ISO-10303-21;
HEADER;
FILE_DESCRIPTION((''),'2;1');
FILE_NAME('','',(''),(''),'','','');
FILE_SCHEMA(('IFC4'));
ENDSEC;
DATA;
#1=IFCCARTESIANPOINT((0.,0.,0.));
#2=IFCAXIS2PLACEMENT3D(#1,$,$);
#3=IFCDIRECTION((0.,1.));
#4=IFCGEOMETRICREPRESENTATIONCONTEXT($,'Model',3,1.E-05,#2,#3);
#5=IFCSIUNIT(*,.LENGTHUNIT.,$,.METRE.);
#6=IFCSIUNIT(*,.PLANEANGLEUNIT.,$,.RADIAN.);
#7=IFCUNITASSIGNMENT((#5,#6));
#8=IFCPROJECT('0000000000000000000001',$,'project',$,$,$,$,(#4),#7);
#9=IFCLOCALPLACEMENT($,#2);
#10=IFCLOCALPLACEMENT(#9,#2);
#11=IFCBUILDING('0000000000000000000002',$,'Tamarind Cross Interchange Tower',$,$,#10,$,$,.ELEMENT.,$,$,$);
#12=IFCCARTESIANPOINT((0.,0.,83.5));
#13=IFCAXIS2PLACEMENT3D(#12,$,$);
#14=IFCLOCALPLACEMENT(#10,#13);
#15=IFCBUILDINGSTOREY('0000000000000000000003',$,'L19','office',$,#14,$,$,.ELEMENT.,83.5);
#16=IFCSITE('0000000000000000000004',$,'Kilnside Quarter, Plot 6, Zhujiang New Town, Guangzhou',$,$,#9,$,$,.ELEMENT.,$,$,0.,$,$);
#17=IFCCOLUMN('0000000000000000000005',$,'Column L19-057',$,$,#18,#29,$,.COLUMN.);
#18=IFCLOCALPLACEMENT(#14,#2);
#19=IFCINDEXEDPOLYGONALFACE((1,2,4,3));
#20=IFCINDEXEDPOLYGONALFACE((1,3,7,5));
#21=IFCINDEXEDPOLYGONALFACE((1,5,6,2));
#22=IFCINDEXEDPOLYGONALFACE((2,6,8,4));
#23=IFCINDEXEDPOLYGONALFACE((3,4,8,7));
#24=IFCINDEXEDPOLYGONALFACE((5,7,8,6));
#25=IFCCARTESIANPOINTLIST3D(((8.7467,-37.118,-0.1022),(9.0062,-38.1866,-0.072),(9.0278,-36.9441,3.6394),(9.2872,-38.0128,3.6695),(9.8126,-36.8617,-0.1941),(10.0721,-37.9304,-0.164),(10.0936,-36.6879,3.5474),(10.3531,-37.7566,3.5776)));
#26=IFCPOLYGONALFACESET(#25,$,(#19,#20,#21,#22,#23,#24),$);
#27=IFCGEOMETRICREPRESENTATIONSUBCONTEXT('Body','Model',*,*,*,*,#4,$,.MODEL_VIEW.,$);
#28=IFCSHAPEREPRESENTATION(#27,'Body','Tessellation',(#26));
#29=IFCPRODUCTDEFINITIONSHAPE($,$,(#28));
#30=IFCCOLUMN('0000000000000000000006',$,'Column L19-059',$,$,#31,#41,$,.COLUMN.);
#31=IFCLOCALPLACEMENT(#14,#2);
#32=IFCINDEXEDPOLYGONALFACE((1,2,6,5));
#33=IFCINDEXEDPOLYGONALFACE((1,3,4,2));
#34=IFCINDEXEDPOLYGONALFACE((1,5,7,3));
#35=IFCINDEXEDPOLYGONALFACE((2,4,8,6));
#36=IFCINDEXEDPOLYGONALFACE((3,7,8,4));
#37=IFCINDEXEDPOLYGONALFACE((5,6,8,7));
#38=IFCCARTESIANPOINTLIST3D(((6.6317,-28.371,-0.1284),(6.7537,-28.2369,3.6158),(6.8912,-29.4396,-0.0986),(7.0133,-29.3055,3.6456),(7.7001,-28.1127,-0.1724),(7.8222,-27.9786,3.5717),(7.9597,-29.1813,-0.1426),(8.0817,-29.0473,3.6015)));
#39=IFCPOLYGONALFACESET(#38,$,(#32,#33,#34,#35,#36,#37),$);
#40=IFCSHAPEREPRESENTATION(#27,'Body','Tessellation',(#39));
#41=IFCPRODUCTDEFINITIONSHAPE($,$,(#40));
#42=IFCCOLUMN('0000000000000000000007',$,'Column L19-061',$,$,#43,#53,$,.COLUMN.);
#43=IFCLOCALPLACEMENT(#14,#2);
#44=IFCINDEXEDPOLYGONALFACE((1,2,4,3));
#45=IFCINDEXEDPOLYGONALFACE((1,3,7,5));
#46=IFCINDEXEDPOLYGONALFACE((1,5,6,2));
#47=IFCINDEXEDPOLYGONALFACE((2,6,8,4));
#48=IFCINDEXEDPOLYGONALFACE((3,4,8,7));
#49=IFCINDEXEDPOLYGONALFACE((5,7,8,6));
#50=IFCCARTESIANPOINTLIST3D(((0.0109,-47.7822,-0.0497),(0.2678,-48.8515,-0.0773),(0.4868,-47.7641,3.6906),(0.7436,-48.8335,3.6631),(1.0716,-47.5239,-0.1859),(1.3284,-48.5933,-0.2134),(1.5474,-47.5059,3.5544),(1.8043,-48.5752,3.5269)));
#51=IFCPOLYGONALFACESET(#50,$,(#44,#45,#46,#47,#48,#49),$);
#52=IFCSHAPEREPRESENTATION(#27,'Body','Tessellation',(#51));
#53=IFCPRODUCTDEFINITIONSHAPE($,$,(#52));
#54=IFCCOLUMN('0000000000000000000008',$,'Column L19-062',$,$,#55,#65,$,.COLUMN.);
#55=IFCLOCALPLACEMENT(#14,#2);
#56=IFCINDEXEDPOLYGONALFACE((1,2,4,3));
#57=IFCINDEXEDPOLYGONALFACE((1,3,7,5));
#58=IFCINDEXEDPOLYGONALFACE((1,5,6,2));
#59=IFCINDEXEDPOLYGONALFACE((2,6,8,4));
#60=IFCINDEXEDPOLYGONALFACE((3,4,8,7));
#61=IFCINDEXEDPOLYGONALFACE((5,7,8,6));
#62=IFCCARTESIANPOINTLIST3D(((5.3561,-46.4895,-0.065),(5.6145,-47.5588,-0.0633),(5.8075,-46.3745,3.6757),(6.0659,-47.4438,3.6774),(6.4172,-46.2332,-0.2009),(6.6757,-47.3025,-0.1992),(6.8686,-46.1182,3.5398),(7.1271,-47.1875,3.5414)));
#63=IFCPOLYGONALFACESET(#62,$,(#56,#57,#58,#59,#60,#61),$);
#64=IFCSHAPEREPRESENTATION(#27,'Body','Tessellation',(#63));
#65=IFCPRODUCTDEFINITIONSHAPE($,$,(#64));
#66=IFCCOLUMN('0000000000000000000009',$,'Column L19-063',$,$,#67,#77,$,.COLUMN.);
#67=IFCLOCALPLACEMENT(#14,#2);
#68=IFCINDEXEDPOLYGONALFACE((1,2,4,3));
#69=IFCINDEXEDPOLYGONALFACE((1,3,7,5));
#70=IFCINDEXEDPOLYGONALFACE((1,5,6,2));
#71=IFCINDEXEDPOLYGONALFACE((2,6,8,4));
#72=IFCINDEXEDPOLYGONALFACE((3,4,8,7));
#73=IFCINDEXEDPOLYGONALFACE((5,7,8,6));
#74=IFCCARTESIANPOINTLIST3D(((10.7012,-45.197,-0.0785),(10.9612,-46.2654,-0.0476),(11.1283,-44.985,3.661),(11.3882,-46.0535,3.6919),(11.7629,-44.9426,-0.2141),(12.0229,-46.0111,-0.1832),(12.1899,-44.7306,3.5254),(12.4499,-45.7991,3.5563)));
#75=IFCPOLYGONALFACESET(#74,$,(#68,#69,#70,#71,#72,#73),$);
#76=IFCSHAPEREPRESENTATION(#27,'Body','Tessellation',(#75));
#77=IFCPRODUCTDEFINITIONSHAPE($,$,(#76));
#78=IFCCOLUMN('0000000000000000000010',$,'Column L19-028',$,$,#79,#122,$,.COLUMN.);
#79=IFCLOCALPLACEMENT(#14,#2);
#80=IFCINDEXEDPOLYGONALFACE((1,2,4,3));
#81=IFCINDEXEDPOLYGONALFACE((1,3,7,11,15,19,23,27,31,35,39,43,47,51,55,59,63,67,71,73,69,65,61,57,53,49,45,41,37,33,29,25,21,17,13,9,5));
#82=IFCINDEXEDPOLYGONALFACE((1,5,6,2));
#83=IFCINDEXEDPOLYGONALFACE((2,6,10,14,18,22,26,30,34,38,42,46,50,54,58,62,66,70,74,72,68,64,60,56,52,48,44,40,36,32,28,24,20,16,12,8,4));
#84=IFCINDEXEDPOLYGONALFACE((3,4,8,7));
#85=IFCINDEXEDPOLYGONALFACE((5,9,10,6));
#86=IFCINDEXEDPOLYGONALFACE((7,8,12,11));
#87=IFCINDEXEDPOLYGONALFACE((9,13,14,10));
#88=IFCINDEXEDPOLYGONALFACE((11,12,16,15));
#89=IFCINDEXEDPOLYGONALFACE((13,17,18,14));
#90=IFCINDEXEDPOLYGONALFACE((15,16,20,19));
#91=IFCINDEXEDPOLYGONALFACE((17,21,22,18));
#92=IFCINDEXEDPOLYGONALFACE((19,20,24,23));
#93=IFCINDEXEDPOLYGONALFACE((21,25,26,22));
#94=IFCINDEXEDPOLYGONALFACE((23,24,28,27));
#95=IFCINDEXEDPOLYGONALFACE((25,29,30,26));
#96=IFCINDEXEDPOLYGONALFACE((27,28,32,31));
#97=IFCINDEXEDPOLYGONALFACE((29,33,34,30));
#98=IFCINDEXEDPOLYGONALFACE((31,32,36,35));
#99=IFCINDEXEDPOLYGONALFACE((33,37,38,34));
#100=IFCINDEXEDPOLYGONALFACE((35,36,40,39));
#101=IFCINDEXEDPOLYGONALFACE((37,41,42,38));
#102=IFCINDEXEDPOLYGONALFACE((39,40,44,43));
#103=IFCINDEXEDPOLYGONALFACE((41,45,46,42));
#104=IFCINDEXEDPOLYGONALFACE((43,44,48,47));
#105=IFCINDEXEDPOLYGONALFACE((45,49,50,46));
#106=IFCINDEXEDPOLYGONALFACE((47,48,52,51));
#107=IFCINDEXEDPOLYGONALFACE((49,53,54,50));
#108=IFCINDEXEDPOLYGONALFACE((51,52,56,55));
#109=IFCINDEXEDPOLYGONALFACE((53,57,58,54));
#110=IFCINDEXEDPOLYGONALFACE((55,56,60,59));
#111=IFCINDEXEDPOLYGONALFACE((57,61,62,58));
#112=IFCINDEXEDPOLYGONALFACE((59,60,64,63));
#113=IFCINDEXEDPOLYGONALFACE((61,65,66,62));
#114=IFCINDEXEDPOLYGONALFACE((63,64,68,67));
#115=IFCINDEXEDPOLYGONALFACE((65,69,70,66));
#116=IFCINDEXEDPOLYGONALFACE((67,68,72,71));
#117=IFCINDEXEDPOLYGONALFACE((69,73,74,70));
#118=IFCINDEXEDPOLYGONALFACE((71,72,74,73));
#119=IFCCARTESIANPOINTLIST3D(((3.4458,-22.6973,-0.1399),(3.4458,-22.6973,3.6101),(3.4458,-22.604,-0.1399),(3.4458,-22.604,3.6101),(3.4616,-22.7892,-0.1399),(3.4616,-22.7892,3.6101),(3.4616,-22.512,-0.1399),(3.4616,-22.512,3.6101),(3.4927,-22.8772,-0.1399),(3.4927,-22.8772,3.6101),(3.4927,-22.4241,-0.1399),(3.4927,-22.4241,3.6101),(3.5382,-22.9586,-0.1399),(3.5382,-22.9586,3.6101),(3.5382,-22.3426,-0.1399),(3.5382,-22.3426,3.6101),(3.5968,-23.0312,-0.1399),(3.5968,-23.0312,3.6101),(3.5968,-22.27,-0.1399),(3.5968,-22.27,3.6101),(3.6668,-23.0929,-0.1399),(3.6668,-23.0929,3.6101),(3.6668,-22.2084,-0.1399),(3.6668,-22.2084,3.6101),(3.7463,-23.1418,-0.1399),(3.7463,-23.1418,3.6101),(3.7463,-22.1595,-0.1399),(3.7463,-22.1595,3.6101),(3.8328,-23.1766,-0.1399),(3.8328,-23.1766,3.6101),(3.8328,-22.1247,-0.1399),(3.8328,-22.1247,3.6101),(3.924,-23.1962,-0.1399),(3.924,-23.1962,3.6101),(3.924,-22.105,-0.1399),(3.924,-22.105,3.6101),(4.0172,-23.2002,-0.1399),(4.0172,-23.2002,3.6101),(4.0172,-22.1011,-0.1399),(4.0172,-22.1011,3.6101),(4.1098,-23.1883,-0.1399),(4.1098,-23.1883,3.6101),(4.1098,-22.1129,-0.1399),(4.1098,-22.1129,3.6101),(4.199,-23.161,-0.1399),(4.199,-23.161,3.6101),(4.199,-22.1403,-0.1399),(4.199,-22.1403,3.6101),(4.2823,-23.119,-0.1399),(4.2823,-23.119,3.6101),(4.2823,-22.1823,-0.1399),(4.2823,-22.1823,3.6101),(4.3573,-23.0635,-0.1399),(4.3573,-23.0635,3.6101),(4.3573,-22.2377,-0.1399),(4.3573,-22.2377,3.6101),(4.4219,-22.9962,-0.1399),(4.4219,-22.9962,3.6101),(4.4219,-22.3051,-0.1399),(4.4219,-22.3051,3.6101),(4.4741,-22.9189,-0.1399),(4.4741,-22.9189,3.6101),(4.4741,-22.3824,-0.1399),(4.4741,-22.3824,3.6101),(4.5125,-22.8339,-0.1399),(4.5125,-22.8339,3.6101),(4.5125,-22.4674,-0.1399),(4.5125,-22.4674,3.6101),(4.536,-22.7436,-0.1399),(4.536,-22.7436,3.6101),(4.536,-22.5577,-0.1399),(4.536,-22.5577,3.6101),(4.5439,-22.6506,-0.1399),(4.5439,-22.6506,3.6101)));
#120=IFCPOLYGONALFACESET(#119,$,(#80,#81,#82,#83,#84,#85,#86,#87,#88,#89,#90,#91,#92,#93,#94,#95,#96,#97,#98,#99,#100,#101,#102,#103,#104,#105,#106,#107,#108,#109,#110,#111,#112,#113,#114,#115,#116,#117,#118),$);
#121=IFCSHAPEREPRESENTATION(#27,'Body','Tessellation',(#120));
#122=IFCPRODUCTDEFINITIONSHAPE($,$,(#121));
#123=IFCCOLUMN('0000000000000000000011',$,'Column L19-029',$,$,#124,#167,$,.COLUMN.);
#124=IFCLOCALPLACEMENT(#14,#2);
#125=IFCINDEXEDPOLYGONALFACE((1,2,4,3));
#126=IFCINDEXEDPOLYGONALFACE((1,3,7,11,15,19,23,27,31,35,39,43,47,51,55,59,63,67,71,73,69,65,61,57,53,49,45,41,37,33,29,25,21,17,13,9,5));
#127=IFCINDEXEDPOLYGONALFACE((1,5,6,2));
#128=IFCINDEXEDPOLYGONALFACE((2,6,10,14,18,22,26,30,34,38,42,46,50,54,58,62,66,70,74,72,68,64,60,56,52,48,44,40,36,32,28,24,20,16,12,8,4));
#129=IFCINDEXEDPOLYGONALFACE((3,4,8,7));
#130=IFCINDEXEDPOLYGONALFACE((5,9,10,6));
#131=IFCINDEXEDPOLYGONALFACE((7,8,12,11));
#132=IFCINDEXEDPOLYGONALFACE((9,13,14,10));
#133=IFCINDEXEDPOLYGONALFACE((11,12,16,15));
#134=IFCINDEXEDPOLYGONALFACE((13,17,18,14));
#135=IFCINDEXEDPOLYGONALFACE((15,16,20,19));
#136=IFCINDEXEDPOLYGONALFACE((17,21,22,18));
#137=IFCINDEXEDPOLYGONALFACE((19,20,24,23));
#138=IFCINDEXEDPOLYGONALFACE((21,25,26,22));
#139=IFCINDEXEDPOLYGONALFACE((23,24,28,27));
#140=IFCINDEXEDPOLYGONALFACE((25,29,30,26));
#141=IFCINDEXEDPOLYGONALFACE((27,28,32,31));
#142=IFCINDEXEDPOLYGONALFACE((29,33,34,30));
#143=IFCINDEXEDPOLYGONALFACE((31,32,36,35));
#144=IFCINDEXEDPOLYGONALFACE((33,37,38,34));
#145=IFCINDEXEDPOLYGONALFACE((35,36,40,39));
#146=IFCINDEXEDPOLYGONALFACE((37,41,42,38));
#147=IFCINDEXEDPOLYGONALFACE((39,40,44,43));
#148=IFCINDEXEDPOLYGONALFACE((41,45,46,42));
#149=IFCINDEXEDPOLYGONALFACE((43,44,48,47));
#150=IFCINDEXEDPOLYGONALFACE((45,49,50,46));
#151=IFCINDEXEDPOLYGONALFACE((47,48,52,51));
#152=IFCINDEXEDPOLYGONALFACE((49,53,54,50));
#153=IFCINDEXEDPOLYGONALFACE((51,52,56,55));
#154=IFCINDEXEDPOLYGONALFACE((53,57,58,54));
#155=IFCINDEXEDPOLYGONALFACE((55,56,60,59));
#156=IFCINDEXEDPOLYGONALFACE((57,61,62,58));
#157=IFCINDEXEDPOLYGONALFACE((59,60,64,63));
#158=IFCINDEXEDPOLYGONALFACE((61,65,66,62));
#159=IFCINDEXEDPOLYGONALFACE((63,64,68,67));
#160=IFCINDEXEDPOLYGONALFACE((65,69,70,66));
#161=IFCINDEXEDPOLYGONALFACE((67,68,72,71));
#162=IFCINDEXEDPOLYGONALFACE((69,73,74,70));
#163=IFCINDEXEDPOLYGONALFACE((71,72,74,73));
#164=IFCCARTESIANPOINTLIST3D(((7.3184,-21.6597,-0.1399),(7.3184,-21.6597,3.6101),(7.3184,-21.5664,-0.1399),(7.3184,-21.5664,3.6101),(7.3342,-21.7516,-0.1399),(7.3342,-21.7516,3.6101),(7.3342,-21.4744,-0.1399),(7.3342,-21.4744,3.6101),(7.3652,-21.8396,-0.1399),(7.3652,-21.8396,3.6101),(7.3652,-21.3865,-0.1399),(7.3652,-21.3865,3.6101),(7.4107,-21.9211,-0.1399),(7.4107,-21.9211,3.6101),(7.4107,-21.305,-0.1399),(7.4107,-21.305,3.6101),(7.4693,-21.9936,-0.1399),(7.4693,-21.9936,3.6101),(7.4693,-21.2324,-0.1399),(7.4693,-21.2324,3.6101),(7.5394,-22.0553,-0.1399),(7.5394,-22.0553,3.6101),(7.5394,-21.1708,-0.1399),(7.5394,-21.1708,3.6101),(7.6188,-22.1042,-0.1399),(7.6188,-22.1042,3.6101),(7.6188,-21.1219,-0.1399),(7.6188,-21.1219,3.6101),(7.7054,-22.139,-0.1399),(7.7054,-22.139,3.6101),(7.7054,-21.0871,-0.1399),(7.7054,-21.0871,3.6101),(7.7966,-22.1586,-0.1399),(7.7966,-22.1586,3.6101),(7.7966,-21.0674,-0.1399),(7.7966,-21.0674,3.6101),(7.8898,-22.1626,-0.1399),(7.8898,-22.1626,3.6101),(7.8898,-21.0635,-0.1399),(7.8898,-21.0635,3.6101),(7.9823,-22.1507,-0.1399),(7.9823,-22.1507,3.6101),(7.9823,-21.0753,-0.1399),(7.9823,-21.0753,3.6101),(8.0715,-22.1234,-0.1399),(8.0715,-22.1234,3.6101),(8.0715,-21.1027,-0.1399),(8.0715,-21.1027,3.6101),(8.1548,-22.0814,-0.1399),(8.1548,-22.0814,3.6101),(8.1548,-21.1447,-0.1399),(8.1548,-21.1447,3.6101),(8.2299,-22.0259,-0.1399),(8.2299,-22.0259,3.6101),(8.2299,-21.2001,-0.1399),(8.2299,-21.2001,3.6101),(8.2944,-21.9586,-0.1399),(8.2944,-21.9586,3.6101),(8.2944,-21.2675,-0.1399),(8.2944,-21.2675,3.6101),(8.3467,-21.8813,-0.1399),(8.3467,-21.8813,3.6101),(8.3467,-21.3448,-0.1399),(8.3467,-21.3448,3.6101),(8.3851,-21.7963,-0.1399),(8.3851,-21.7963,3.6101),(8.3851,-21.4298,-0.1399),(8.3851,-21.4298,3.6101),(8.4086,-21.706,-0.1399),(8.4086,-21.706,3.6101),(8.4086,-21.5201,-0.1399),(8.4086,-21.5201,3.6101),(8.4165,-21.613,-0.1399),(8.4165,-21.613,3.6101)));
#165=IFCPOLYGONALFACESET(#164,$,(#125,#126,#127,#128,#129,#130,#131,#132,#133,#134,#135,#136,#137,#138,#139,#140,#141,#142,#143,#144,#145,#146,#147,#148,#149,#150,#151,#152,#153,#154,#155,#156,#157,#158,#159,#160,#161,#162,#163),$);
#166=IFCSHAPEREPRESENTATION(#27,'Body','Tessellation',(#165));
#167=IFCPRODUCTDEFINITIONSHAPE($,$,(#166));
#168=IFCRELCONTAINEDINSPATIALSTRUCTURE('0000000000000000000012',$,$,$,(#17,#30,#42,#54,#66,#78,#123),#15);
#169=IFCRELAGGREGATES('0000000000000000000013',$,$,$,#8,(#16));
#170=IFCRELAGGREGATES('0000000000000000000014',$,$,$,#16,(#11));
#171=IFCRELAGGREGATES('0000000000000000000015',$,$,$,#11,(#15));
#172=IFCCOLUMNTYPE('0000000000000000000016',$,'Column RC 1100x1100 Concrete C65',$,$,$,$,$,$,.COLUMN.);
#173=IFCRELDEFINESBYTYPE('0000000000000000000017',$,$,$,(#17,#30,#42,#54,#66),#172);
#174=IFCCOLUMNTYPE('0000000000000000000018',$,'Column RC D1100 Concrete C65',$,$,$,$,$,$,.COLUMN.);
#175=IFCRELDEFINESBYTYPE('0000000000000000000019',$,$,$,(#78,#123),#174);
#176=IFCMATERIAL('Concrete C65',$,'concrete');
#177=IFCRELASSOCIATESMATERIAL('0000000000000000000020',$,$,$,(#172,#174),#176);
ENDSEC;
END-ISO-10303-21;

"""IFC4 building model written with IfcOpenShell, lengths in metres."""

from ifc_helpers import new_model, si_unit, direction, frame, origin, origin_2d, place, context, subcontext, project, spatial, rectangle, circle, extrude, material, material_profile, profile_set, type_object, element, save


model = new_model("IFC4")

# Units and contexts
model_context = context("Model", 3, precision=1e-05, world=origin(), true_north=direction((0.0, 1.0)))
body_context = subcontext(model_context, "Body", "Model", "MODEL_VIEW")
ifc_project = project(units=[si_unit("LENGTHUNIT", "METRE"), si_unit("PLANEANGLEUNIT", "RADIAN")], contexts=[model_context])

# Site, building, storey
site_placement = place(None, origin())
site = spatial("IfcSite", under=ifc_project, at=site_placement, Name="Kilnside Quarter, Plot 6, Zhujiang New Town, Guangzhou", CompositionType="ELEMENT", RefElevation=0.0)
building_placement = place(site_placement, origin())
building = spatial("IfcBuilding", under=site, at=building_placement, Name="Tamarind Cross Interchange Tower", CompositionType="ELEMENT")
storey_placement = place(building_placement, frame((0.0, 0.0, 83.5)))
storey = spatial("IfcBuildingStorey", under=building, at=storey_placement, Name="L19", Description="office", CompositionType="ELEMENT", Elevation=83.5)

# Columns
ifc_material_1 = material(Name="Concrete C65", Category="concrete")
ifc_material_profile_1 = material_profile(ifc_material_1, rectangle(XDim=1.1001, YDim=1.1001, at=origin_2d()), Name="RC 1100x1100")
ifc_profile_set_1 = profile_set([ifc_material_profile_1], Name="Concrete C65")
column_type_1 = type_object("IfcColumnType", Name="Column RC 1100x1100 Concrete C65", PredefinedType="COLUMN", material=ifc_profile_set_1)
column_1_placement = place(storey_placement, frame((9.4094, -37.5242, -0.1331), z_axis=(0.074815, 0.04628, 0.996123), x_axis=(-0.968903, -0.232895, 0.083591)))
element("IfcColumn", 1, at=column_1_placement, inside=storey, type_object=column_type_1, Name="Column L19-057", PredefinedType="COLUMN", context=body_context, shape_type="SweptSolid", body=[
    extrude(rectangle(XDim=1.1001, YDim=1.1001, at=origin_2d()), origin(), (0.0, 0.0, 1.0), 3.7561),
])
column_2_placement = place(storey_placement, frame((7.2957, -28.7761, -0.1355), z_axis=(0.032565, 0.035756, 0.99883), x_axis=(-0.97122, -0.234791, 0.04007)))
element("IfcColumn", 2, at=column_2_placement, inside=storey, type_object=column_type_1, Name="Column L19-059", PredefinedType="COLUMN", context=body_context, shape_type="SweptSolid", body=[
    extrude(rectangle(XDim=1.1001, YDim=1.1001, at=origin_2d()), origin(), (0.0, 0.0, 1.0), 3.7485),
])
column_3_placement = place(storey_placement, frame((0.6697, -48.1877, -0.1316), z_axis=(0.126201, 0.004792, 0.991993), x_axis=(-0.233475, 0.972041, 0.025007)))
element("IfcColumn", 3, at=column_3_placement, inside=storey, type_object=column_type_1, Name="Column L19-061", PredefinedType="COLUMN", context=body_context, shape_type="SweptSolid", body=[
    extrude(rectangle(XDim=1.1001, YDim=1.1001, at=origin_2d()), origin(), (0.0, 0.0, 1.0), 3.7705),
])
column_4_placement = place(storey_placement, frame((6.0159, -46.896, -0.1321), z_axis=(0.119751, 0.030504, 0.992335), x_axis=(-0.9646, -0.232977, 0.123566)))
element("IfcColumn", 4, at=column_4_placement, inside=storey, type_object=column_type_1, Name="Column L19-062", PredefinedType="COLUMN", context=body_context, shape_type="SweptSolid", body=[
    extrude(rectangle(XDim=1.1001, YDim=1.1001, at=origin_2d()), origin(), (0.0, 0.0, 1.0), 3.7695),
])
column_5_placement = place(storey_placement, frame((11.3621, -45.604, -0.1309), z_axis=(0.11327, 0.056214, 0.991973), x_axis=(-0.96505, -0.231247, 0.123301)))
element("IfcColumn", 5, at=column_5_placement, inside=storey, type_object=column_type_1, Name="Column L19-063", PredefinedType="COLUMN", context=body_context, shape_type="SweptSolid", body=[
    extrude(rectangle(XDim=1.1001, YDim=1.1001, at=origin_2d()), origin(), (0.0, 0.0, 1.0), 3.7698),
])
ifc_material_profile_2 = material_profile(ifc_material_1, circle(Radius=0.55, at=origin_2d()), Name="RC D1100")
ifc_profile_set_2 = profile_set([ifc_material_profile_2], Name="Concrete C65")
column_type_2 = type_object("IfcColumnType", Name="Column RC D1100 Concrete C65", PredefinedType="COLUMN", material=ifc_profile_set_2)
for number, where, z_axis, x_axis, name in (
    (6, (3.9939, -22.6506, -0.1399), (0.0, 0.0, 1.0), (1.0, 0.0, 0.0), "Column L19-028"),
    (7, (7.8665, -21.613, -0.1399), (0.0, 0.0, 1.0), (1.0, 0.0, 0.0), "Column L19-029"),
):
    element("IfcColumn", number, at=place(storey_placement, frame(where, z_axis=z_axis, x_axis=x_axis)), inside=storey, type_object=column_type_2, Name=name, PredefinedType="COLUMN", context=body_context, shape_type="SweptSolid", body=[
        extrude(circle(Radius=0.55, at=origin_2d()), origin(), (0.0, 0.0, 1.0), 3.75),
    ])

save(model, "model.ifc")
